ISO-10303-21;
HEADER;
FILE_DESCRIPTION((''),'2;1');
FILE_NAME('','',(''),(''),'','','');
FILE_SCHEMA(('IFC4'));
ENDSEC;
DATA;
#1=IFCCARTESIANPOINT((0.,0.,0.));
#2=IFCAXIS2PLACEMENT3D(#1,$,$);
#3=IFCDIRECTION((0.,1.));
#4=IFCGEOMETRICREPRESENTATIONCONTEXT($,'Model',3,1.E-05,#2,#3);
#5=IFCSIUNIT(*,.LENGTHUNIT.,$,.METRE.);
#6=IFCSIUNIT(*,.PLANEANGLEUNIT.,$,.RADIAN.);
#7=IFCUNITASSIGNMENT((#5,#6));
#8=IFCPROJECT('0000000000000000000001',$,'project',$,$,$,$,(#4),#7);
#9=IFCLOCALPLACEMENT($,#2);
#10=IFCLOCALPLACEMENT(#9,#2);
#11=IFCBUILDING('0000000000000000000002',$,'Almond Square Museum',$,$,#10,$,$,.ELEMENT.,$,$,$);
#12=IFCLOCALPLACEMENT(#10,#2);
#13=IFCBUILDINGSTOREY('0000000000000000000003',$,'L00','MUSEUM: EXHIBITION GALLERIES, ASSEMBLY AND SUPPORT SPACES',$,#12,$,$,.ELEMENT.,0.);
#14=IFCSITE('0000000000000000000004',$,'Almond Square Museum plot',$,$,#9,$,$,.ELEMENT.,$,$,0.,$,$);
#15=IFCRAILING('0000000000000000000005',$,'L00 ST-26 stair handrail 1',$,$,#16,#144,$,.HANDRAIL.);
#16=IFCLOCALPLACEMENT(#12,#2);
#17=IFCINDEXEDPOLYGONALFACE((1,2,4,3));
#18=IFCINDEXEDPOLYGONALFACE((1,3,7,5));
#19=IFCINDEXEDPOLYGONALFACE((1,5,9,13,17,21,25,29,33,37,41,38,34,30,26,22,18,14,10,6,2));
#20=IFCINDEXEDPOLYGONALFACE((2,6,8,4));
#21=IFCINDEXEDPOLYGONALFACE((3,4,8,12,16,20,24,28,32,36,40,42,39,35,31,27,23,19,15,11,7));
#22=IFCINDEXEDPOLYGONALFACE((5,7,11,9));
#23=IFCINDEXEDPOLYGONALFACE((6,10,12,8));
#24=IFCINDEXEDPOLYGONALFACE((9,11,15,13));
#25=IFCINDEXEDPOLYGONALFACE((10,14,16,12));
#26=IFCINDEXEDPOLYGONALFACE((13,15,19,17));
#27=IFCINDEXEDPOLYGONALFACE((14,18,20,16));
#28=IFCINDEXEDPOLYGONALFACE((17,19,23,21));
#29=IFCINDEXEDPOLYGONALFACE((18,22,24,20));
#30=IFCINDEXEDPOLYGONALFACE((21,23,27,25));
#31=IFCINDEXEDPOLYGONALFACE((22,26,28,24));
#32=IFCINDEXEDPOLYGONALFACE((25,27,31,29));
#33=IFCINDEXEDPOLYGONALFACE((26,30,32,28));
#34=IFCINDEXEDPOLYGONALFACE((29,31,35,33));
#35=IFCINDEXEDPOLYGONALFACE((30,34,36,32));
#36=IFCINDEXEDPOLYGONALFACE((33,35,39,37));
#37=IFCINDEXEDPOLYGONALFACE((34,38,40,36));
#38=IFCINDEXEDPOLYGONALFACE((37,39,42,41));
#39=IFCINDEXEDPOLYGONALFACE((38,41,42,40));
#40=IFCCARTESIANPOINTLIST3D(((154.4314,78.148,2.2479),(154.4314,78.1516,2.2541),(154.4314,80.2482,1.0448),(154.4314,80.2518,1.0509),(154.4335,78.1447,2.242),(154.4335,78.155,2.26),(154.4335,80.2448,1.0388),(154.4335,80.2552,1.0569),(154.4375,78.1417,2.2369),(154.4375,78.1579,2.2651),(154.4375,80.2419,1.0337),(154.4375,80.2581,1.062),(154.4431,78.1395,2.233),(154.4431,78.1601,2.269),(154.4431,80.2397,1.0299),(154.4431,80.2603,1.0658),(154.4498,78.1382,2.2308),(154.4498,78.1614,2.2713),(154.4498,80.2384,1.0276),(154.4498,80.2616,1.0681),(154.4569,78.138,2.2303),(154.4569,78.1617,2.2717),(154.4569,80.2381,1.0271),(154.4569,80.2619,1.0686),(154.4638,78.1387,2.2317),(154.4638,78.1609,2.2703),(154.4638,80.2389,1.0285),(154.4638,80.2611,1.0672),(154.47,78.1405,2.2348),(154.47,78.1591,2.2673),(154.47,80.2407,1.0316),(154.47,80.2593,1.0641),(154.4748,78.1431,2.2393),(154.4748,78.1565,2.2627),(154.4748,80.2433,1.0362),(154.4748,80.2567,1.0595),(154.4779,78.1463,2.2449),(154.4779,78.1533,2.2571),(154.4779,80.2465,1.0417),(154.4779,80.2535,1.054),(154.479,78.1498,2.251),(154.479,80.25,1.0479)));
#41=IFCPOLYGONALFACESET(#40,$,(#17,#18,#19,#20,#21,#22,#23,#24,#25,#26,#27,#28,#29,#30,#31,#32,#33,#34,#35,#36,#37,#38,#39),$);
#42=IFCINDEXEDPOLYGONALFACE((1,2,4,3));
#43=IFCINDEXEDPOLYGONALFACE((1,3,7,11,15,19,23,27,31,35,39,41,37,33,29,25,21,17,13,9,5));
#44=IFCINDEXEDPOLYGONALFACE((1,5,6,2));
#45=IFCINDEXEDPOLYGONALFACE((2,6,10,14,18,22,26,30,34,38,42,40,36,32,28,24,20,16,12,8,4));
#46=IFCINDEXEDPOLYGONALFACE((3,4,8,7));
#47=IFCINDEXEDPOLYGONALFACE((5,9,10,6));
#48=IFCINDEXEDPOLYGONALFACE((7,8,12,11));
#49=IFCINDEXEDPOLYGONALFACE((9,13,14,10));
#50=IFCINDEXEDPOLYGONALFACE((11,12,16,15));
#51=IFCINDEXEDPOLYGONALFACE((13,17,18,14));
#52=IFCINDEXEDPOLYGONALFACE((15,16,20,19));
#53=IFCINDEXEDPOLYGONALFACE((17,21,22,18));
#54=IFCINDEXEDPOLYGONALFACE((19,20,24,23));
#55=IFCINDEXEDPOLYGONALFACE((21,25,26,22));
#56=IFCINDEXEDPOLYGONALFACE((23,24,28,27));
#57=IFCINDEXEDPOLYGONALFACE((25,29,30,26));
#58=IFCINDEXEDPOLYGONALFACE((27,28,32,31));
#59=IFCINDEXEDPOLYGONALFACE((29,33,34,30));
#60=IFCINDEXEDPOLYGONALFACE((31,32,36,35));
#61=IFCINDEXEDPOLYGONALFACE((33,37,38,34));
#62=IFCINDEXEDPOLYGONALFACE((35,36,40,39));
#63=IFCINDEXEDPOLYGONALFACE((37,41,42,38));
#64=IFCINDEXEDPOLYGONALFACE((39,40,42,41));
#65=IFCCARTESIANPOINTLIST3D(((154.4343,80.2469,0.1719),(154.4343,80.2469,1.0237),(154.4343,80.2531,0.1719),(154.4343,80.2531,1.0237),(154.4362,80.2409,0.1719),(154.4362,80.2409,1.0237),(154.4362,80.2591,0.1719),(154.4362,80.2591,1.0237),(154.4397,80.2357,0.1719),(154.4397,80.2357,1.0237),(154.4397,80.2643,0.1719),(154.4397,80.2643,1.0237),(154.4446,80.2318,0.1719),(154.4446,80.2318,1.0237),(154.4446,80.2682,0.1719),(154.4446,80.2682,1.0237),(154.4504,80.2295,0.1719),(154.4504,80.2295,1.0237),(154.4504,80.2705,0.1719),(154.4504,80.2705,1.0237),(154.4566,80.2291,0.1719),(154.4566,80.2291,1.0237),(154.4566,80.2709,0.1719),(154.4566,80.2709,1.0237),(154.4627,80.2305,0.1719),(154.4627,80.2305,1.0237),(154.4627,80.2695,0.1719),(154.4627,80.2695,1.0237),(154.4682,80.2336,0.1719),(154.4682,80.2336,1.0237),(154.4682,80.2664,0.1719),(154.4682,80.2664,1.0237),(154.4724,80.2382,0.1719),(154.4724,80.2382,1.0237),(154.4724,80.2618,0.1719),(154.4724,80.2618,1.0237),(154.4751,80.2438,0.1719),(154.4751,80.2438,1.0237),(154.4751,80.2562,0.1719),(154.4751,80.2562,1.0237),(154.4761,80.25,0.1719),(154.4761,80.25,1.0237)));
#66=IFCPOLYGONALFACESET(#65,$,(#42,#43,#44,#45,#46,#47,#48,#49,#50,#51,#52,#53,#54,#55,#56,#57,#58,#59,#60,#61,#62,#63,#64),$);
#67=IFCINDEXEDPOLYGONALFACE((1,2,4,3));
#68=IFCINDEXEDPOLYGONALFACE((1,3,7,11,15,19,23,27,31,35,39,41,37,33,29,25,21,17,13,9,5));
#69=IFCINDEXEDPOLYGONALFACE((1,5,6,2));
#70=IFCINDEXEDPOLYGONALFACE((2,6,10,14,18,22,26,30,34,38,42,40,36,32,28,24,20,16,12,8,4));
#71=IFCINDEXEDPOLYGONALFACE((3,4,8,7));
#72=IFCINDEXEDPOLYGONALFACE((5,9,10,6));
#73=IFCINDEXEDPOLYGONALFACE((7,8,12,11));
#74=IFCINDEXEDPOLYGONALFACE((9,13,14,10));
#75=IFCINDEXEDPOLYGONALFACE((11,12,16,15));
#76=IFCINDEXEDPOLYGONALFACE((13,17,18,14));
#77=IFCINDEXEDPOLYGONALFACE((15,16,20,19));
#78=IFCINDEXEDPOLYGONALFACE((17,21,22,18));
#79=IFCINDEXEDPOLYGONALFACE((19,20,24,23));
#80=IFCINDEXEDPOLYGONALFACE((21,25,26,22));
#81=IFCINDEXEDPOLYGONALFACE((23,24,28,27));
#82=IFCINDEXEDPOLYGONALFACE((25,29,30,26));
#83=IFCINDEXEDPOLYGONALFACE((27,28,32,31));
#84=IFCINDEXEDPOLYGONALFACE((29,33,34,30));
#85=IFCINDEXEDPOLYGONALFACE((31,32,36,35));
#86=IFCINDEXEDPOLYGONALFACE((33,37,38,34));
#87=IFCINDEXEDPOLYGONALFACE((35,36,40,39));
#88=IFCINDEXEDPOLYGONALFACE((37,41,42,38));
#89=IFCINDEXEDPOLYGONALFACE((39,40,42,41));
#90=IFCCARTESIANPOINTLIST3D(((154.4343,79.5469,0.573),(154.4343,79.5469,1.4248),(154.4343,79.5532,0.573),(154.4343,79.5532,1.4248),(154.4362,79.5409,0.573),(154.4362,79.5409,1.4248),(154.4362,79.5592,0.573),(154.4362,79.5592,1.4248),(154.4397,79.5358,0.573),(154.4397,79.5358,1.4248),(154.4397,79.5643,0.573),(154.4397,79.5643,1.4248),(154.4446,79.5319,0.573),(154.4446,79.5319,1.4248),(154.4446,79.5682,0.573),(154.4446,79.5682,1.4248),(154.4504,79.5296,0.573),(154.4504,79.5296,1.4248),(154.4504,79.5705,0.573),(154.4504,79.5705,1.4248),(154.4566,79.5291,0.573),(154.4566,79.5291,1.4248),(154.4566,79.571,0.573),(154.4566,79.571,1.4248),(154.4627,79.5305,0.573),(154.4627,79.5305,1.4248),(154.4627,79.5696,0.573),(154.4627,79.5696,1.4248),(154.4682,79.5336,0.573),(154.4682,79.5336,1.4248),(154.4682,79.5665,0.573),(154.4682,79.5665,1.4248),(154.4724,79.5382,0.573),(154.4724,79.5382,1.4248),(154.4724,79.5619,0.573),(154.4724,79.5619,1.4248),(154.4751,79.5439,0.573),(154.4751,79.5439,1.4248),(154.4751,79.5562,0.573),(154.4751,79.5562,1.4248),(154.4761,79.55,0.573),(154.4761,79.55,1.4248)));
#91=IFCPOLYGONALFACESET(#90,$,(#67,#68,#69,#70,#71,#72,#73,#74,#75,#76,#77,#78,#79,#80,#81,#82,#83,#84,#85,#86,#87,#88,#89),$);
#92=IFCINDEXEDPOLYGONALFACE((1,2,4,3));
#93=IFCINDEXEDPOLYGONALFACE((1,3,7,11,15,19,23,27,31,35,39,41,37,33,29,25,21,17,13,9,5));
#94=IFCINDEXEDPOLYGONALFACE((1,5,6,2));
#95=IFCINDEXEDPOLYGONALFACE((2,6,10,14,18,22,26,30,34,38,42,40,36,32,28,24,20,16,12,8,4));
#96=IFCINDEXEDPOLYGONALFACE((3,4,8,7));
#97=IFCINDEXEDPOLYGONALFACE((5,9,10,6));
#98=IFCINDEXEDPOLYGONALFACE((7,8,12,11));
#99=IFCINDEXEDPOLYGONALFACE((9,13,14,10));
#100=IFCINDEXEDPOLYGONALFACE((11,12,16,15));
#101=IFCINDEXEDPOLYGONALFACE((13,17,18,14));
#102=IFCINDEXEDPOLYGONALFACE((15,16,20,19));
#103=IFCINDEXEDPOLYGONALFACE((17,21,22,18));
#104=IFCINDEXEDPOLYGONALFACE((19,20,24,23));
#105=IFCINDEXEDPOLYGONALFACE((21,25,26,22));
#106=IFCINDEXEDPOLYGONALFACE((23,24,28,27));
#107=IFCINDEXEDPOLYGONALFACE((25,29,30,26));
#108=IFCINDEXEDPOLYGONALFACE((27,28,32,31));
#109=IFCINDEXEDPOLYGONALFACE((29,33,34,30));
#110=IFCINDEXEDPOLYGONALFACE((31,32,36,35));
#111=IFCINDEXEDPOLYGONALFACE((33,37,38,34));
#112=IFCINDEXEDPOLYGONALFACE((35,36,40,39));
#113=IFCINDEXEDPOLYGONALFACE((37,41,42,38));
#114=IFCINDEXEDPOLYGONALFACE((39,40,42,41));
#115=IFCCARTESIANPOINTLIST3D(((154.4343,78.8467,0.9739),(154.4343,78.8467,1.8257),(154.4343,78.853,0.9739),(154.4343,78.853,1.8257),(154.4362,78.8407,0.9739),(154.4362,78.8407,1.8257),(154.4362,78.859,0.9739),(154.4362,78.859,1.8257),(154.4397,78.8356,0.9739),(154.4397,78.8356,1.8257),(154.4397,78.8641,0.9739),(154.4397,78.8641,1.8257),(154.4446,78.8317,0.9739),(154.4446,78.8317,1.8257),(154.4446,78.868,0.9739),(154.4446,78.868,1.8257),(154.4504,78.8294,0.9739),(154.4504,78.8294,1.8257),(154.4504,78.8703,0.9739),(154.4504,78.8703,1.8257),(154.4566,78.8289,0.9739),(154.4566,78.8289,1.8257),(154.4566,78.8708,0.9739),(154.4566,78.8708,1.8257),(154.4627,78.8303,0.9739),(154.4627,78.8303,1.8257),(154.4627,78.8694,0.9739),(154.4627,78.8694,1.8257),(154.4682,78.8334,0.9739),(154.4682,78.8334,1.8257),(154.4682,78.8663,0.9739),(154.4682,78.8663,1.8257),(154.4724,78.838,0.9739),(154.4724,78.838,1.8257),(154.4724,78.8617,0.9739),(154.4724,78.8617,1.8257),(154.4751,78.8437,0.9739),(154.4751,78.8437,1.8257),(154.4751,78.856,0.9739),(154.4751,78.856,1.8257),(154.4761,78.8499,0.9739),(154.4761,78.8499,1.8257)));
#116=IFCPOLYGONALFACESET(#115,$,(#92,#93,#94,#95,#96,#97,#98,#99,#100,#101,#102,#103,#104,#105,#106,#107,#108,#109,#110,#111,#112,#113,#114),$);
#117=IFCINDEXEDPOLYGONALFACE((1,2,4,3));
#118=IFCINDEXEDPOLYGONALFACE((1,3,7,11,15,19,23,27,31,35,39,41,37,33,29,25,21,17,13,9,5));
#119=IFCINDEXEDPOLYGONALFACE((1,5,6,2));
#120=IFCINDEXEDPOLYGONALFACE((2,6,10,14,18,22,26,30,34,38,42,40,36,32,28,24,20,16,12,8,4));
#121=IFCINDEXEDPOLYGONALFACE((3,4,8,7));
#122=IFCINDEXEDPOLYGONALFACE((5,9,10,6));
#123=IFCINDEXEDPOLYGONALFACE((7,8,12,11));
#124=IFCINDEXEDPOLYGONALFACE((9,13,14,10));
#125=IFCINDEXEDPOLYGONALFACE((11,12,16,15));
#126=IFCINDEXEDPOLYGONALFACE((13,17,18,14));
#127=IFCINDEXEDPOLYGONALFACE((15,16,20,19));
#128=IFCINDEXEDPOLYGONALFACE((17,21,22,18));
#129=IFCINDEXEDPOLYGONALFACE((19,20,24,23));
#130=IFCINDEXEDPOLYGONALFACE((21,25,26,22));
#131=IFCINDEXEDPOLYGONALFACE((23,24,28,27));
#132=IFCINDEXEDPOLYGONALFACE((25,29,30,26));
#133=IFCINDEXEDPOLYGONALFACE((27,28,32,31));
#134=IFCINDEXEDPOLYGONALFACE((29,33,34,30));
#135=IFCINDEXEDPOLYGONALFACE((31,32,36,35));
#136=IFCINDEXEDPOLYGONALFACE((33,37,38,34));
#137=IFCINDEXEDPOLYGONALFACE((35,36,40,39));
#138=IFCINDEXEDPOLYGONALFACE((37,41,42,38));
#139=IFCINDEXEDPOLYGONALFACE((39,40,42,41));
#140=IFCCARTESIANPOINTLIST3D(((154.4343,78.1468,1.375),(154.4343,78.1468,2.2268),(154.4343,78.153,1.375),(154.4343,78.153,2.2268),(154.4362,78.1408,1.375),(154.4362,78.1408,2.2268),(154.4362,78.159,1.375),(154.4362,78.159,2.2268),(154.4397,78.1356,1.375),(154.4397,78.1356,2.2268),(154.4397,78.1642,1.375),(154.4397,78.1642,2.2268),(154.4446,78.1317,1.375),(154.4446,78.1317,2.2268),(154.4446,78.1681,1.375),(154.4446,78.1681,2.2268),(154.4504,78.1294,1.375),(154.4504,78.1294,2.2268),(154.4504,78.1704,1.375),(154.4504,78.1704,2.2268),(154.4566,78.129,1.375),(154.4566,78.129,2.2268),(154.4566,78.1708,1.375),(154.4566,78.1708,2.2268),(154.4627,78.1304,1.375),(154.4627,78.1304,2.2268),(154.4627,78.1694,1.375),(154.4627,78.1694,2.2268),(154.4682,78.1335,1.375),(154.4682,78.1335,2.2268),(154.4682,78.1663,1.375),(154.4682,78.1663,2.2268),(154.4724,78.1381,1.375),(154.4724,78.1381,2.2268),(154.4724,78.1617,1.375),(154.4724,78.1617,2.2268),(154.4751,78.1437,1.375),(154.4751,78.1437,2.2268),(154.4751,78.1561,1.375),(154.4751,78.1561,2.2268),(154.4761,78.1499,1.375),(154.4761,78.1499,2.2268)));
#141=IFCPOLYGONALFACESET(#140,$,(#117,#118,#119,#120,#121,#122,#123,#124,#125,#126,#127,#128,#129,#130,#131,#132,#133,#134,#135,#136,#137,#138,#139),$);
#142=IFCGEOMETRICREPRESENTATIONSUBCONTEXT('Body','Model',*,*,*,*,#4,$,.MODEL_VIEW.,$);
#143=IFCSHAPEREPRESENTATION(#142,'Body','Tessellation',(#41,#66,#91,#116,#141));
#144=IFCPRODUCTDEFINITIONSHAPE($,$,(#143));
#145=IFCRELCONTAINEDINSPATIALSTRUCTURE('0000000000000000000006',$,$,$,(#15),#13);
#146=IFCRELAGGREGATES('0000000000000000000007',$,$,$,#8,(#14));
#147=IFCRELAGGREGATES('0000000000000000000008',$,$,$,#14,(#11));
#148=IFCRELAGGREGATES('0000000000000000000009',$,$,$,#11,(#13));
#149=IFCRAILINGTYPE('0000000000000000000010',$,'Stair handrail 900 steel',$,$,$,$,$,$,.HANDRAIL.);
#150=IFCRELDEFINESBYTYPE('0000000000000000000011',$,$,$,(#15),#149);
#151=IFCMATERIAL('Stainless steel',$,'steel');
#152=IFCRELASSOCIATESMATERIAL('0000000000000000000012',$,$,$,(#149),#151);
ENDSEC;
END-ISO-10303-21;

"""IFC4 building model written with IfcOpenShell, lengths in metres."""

from ifc_helpers import new_model, si_unit, direction, frame, origin, origin_2d, place, context, subcontext, project, spatial, circle, extrude, material, type_object, element, save


model = new_model("IFC4")

# Units and contexts
model_context = context("Model", 3, precision=1e-05, world=origin(), true_north=direction((0.0, 1.0)))
body_context = subcontext(model_context, "Body", "Model", "MODEL_VIEW")
ifc_project = project(units=[si_unit("LENGTHUNIT", "METRE"), si_unit("PLANEANGLEUNIT", "RADIAN")], contexts=[model_context])

# Site, building, storey
site_placement = place(None, origin())
site = spatial("IfcSite", under=ifc_project, at=site_placement, Name="Almond Square Museum plot", CompositionType="ELEMENT", RefElevation=0.0)
building_placement = place(site_placement, origin())
building = spatial("IfcBuilding", under=site, at=building_placement, Name="Almond Square Museum", CompositionType="ELEMENT")
storey_placement = place(building_placement, origin())
storey = spatial("IfcBuildingStorey", under=building, at=storey_placement, Name="L00", Description="MUSEUM: EXHIBITION GALLERIES, ASSEMBLY AND SUPPORT SPACES", CompositionType="ELEMENT", Elevation=0.0)

# Railing
ifc_material_1 = material(Name="Stainless steel", Category="steel")
railing_type_1 = type_object("IfcRailingType", Name="Stair handrail 900 steel", PredefinedType="HANDRAIL", material=ifc_material_1)
for number, where, name in (
    (1, (154.4551, 80.25, 0.1719), "L00 ST-26 stair handrail 1"),
):
    element("IfcRailing", number, at=place(storey_placement, frame(where)), inside=storey, type_object=railing_type_1, Name=name, PredefinedType="HANDRAIL", context=body_context, shape_type="SweptSolid", body=[
        extrude(circle(Radius=0.0239, at=origin_2d()), frame((0.0, 0.0, 0.876), z_axis=(0.0, -0.867696, 0.497095), x_axis=(1.0, 0.0, 0.0)), (0.0, 0.0, 1.0), 2.4204),
        extrude(circle(Radius=0.021, at=origin_2d()), origin(), (0.0, 0.0, 1.0), 0.8518),
        extrude(circle(Radius=0.021, at=origin_2d()), frame((0.0, -0.7, 0.4011)), (0.0, 0.0, 1.0), 0.8518),
        extrude(circle(Radius=0.021, at=origin_2d()), frame((0.0, -1.4001, 0.802)), (0.0, 0.0, 1.0), 0.8518),
        extrude(circle(Radius=0.021, at=origin_2d()), frame((0.0, -2.1001, 1.2031)), (0.0, 0.0, 1.0), 0.8518),
    ])

save(model, "model.ifc")
